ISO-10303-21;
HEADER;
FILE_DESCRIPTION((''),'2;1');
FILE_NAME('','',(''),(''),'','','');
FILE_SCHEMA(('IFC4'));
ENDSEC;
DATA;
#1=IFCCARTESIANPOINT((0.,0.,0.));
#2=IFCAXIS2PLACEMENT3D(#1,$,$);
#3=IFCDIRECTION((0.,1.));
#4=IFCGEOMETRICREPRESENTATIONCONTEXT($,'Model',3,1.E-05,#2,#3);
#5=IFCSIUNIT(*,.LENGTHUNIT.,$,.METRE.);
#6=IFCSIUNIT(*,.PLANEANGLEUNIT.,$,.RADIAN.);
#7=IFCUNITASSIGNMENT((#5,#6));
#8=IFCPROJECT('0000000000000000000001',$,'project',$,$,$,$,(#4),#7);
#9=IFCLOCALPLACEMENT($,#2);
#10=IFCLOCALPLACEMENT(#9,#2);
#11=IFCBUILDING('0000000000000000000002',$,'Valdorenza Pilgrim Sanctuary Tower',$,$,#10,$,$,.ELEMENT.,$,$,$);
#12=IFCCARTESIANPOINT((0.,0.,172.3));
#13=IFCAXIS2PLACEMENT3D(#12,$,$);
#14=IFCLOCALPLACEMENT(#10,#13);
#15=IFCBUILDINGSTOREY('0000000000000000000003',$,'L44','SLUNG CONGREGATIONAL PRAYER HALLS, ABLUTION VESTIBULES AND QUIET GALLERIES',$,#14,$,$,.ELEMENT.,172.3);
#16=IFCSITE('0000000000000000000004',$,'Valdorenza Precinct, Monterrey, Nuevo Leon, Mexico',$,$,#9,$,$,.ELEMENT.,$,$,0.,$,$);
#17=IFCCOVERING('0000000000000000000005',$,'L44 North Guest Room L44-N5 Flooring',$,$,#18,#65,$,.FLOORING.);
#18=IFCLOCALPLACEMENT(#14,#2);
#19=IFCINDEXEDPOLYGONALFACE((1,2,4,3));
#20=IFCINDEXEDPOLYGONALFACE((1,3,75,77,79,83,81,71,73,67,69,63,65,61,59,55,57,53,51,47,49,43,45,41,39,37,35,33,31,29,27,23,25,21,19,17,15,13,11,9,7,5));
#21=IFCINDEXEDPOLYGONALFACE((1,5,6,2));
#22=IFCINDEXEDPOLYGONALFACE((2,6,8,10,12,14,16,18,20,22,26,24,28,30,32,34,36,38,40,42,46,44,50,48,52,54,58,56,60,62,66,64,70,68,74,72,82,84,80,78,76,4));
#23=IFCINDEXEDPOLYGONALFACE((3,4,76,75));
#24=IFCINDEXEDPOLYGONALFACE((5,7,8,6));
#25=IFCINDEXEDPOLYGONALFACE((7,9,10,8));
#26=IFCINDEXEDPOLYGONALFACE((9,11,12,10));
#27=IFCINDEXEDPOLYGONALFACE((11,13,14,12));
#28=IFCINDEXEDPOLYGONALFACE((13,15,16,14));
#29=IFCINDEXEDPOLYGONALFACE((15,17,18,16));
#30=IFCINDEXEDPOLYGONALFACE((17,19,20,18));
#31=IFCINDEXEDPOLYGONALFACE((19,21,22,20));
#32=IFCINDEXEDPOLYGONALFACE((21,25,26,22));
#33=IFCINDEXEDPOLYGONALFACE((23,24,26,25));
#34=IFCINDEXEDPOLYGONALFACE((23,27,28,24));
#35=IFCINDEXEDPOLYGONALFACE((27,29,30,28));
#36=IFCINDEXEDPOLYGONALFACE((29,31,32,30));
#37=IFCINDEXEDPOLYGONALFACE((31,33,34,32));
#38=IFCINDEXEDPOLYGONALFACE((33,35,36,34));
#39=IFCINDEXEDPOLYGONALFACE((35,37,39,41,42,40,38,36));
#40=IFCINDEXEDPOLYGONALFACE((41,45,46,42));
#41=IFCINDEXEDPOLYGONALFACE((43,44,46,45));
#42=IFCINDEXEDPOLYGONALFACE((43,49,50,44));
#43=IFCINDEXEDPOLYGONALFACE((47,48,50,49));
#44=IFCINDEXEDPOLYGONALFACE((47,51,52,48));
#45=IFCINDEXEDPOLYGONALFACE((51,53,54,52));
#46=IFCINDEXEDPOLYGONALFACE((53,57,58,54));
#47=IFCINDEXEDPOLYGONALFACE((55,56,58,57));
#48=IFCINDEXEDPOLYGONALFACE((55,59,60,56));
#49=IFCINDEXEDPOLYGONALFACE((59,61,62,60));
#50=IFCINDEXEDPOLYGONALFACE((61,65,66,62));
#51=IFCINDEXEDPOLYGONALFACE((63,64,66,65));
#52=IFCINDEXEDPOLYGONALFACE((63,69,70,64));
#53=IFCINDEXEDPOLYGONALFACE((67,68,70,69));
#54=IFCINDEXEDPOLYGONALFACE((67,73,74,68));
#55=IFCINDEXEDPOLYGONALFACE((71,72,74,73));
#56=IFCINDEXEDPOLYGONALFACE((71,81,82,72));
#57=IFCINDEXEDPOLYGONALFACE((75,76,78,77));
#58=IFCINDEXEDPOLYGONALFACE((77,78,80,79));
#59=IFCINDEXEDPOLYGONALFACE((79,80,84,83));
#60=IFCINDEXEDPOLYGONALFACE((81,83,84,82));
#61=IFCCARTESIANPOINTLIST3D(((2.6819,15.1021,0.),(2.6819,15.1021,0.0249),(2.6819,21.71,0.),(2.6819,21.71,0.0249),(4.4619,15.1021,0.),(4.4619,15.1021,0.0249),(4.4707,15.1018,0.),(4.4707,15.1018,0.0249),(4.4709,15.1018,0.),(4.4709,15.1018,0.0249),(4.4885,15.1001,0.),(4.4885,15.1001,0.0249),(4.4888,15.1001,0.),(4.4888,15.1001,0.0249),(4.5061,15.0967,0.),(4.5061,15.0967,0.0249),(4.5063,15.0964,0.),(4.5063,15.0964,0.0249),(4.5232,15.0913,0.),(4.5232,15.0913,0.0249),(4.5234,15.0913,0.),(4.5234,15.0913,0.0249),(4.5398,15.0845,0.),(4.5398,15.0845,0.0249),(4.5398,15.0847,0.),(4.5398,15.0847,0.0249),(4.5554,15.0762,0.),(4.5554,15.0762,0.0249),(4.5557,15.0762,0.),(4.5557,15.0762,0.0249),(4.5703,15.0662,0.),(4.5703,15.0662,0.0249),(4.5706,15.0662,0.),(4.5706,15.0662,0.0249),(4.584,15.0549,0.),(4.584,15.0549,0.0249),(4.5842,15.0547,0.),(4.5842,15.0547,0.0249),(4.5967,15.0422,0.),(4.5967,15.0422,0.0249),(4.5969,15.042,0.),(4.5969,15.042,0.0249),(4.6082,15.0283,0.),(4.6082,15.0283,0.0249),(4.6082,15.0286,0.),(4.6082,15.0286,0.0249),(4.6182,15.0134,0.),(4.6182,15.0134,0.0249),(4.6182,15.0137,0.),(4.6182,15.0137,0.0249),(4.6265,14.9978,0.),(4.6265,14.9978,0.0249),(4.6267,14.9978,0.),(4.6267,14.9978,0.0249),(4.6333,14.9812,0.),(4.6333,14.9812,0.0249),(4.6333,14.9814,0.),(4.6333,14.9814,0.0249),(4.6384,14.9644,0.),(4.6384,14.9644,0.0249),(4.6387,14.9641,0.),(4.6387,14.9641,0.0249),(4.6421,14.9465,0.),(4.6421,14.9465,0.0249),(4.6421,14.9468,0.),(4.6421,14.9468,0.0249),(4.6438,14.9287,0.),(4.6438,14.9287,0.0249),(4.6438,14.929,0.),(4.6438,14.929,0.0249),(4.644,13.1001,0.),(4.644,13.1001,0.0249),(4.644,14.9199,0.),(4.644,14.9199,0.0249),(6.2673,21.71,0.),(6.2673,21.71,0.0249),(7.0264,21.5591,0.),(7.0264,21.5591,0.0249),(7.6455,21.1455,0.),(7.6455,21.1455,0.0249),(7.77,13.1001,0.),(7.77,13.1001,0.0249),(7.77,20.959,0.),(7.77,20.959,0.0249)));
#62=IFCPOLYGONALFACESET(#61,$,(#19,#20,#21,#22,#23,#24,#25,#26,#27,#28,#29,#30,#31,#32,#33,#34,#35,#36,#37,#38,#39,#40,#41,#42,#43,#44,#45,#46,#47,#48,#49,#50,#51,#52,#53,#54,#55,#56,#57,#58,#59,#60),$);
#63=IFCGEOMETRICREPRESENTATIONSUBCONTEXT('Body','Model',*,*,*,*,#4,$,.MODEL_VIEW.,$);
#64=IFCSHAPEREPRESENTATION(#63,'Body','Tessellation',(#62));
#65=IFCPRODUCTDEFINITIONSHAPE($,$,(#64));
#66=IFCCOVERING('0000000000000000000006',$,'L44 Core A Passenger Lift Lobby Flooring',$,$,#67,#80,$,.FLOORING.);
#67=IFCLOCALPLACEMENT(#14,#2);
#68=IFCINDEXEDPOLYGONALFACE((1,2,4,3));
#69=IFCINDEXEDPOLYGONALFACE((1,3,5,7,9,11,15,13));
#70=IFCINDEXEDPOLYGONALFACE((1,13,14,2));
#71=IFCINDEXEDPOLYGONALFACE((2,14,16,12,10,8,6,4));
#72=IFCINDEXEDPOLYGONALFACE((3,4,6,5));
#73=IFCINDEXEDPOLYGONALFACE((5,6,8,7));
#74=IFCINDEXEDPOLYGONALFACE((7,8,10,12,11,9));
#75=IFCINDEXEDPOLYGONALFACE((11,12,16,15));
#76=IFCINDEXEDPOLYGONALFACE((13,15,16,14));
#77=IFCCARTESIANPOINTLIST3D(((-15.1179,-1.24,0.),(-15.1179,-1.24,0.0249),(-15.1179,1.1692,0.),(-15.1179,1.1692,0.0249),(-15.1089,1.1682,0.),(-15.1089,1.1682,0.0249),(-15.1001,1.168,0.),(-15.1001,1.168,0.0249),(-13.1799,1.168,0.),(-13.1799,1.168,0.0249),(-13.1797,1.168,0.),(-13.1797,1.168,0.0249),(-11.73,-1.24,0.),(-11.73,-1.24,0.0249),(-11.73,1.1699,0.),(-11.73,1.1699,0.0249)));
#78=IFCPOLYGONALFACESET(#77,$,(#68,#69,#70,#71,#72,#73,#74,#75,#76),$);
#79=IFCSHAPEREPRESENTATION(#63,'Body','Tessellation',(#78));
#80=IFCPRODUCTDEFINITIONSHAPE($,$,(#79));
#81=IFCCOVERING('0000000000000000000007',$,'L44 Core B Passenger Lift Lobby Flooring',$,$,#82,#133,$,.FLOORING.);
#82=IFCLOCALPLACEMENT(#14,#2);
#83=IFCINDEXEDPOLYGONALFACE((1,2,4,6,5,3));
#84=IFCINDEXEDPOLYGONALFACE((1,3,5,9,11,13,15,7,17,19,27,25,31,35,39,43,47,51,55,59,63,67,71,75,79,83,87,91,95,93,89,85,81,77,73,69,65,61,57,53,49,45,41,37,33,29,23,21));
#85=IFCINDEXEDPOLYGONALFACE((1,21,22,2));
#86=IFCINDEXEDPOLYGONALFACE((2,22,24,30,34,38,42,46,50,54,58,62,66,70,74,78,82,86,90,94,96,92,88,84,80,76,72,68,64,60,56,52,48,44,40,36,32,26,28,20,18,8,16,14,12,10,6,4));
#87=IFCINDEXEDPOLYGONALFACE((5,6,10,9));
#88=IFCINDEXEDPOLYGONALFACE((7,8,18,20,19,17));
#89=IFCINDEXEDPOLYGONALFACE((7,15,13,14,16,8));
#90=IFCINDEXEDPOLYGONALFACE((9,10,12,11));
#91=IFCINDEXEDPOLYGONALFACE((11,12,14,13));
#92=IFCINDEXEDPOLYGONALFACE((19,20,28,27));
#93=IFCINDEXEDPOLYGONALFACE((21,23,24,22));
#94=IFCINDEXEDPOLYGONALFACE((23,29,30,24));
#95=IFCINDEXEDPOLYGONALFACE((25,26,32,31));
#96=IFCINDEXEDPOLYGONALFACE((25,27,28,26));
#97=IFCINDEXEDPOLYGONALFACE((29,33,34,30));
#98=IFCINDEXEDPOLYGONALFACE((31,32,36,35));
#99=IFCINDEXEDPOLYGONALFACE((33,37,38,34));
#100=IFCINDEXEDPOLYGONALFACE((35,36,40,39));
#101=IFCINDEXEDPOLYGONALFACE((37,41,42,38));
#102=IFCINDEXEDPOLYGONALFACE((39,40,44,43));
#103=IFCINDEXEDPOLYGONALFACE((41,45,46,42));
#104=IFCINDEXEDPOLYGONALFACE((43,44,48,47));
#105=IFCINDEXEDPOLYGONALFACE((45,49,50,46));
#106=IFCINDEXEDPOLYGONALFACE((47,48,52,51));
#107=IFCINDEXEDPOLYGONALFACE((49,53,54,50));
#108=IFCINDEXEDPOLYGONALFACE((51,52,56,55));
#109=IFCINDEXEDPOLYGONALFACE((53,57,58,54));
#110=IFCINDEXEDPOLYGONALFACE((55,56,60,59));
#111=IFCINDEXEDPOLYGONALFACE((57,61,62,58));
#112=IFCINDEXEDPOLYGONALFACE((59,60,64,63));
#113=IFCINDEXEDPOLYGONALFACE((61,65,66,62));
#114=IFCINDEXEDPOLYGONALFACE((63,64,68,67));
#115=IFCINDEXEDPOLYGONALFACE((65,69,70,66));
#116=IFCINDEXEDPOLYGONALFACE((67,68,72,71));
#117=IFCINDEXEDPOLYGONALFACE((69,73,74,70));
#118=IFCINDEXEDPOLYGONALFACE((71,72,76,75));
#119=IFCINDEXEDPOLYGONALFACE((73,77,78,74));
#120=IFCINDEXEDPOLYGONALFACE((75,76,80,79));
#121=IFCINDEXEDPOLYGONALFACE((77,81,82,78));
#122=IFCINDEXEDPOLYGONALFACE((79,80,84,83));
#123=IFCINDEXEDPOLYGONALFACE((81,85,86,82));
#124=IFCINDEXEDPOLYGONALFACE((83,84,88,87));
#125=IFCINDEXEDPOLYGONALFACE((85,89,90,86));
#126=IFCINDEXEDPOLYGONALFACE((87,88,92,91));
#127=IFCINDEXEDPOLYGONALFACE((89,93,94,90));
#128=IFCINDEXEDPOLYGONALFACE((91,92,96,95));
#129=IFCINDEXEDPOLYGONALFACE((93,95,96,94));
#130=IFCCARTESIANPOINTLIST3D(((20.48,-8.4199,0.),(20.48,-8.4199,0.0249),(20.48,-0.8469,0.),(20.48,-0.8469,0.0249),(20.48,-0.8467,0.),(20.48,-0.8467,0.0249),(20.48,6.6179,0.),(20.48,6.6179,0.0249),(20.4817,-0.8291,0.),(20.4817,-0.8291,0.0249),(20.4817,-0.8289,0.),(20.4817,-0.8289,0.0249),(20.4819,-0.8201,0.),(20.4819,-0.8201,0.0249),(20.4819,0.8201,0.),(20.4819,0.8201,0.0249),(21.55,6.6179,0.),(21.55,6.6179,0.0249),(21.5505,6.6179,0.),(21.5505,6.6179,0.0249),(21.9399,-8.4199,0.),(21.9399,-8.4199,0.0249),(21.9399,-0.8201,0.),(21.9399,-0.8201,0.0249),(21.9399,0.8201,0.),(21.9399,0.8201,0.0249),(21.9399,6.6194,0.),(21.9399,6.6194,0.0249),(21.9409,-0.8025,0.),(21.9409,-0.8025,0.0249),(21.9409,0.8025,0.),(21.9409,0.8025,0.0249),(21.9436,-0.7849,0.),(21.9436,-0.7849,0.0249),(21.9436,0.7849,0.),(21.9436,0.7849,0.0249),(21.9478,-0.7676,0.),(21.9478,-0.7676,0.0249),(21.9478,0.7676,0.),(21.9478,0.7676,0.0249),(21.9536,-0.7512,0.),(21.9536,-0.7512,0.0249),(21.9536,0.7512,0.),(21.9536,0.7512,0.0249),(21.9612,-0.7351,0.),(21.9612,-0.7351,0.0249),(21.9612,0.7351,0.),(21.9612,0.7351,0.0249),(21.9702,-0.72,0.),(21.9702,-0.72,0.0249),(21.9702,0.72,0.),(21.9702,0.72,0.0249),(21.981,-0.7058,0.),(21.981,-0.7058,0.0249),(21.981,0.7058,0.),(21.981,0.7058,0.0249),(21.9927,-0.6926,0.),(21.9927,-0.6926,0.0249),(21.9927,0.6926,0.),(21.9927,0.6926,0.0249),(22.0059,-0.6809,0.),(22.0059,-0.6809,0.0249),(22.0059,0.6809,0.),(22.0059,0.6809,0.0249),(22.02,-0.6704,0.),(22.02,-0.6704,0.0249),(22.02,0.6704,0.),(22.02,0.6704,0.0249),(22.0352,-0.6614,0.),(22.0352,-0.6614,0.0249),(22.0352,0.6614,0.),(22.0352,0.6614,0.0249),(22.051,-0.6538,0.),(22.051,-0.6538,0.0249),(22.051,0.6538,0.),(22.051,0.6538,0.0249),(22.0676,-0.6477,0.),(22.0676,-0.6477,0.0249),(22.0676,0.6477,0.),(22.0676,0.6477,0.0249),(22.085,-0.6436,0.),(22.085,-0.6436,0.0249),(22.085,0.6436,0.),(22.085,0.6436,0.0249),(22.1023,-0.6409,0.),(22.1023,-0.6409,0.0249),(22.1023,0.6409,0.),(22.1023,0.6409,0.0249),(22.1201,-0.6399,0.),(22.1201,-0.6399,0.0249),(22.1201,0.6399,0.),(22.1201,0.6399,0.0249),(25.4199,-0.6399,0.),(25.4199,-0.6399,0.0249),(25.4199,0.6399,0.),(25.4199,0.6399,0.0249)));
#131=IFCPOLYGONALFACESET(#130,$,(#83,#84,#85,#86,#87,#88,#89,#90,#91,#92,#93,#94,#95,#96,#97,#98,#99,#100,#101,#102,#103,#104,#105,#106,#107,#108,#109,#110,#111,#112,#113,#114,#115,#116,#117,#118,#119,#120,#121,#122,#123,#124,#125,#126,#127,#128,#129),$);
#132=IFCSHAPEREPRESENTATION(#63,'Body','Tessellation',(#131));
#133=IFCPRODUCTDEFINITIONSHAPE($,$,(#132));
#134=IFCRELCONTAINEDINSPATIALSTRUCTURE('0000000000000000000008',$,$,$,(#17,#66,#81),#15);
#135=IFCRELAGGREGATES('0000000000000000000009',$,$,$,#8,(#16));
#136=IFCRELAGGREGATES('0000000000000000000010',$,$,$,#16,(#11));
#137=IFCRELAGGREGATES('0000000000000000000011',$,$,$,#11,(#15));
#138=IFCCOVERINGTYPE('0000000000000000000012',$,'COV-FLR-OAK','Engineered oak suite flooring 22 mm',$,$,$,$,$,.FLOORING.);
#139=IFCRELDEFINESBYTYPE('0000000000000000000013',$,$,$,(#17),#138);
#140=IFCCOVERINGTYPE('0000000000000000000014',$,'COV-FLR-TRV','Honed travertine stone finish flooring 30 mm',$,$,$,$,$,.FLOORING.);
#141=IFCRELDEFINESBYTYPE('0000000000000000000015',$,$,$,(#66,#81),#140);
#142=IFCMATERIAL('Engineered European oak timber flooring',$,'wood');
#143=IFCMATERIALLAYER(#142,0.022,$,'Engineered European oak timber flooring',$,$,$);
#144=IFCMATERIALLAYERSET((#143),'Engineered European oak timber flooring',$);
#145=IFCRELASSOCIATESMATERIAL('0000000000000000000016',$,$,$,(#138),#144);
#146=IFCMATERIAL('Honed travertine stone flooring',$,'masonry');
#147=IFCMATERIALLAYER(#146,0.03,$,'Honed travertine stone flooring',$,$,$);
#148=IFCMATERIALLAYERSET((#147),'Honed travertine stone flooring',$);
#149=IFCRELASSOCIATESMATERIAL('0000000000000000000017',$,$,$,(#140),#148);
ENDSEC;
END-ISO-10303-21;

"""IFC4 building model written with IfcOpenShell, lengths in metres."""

from ifc_helpers import new_model, si_unit, direction, frame, origin, place, context, subcontext, project, spatial, polyline, outline, extrude, material, layer, layer_set, type_object, element, save


model = new_model("IFC4")

# Units and contexts
model_context = context("Model", 3, precision=1e-05, world=origin(), true_north=direction((0.0, 1.0)))
body_context = subcontext(model_context, "Body", "Model", "MODEL_VIEW")
ifc_project = project(units=[si_unit("LENGTHUNIT", "METRE"), si_unit("PLANEANGLEUNIT", "RADIAN")], contexts=[model_context])

# Site, building, storey
site_placement = place(None, origin())
site = spatial("IfcSite", under=ifc_project, at=site_placement, Name="Valdorenza Precinct, Monterrey, Nuevo Leon, Mexico", CompositionType="ELEMENT", RefElevation=0.0)
building_placement = place(site_placement, origin())
building = spatial("IfcBuilding", under=site, at=building_placement, Name="Valdorenza Pilgrim Sanctuary Tower", CompositionType="ELEMENT")
storey_placement = place(building_placement, frame((0.0, 0.0, 172.3)))
storey = spatial("IfcBuildingStorey", under=building, at=storey_placement, Name="L44", Description="SLUNG CONGREGATIONAL PRAYER HALLS, ABLUTION VESTIBULES AND QUIET GALLERIES", CompositionType="ELEMENT", Elevation=172.3)

# Coverings
ifc_material_1 = material(Name="Engineered European oak timber flooring", Category="wood")
ifc_layer_1 = layer(ifc_material_1, 0.022, Name="Engineered European oak timber flooring")
ifc_layer_set_1 = layer_set([ifc_layer_1], Name="Engineered European oak timber flooring")
covering_type_1 = type_object("IfcCoveringType", Name="COV-FLR-OAK", Description="Engineered oak suite flooring 22 mm", PredefinedType="FLOORING", material=ifc_layer_set_1)
covering_1_placement = place(storey_placement, origin())
element("IfcCovering", 1, at=covering_1_placement, inside=storey, type_object=covering_type_1, Name="L44 North Guest Room L44-N5 Flooring", PredefinedType="FLOORING", context=body_context, shape_type="SweptSolid", body=[
    extrude(outline(polyline([(7.0264, 21.5591), (7.6455, 21.1455), (7.77, 20.959), (7.77, 13.1001), (4.644, 13.1001), (4.644, 14.9199), (4.6438, 14.9287), (4.6438, 14.929), (4.6421, 14.9465), (4.6421, 14.9468), (4.6387, 14.9641), (4.6384, 14.9644), (4.6333, 14.9812), (4.6333, 14.9814), (4.6267, 14.9978), (4.6265, 14.9978), (4.6182, 15.0134), (4.6182, 15.0137), (4.6082, 15.0283), (4.6082, 15.0286), (4.5969, 15.042), (4.5967, 15.0422), (4.5842, 15.0547), (4.584, 15.0549), (4.5706, 15.0662), (4.5703, 15.0662), (4.5557, 15.0762), (4.5554, 15.0762), (4.5398, 15.0845), (4.5398, 15.0847), (4.5234, 15.0913), (4.5232, 15.0913), (4.5063, 15.0964), (4.5061, 15.0967), (4.4888, 15.1001), (4.4885, 15.1001), (4.4709, 15.1018), (4.4707, 15.1018), (4.4619, 15.1021), (2.6819, 15.1021), (2.6819, 21.71), (6.2673, 21.71), (7.0264, 21.5591)])), origin(), (0.0, 0.0, 1.0), 0.0249),
])
ifc_material_2 = material(Name="Honed travertine stone flooring", Category="masonry")
ifc_layer_2 = layer(ifc_material_2, 0.03, Name="Honed travertine stone flooring")
ifc_layer_set_2 = layer_set([ifc_layer_2], Name="Honed travertine stone flooring")
covering_type_2 = type_object("IfcCoveringType", Name="COV-FLR-TRV", Description="Honed travertine stone finish flooring 30 mm", PredefinedType="FLOORING", material=ifc_layer_set_2)
covering_2_placement = place(storey_placement, origin())
element("IfcCovering", 2, at=covering_2_placement, inside=storey, type_object=covering_type_2, Name="L44 Core A Passenger Lift Lobby Flooring", PredefinedType="FLOORING", context=body_context, shape_type="SweptSolid", body=[
    extrude(outline(polyline([(-15.1179, 1.1692), (-15.1089, 1.1682), (-15.1089, 1.1682), (-15.1001, 1.168), (-13.1799, 1.168), (-13.1797, 1.168), (-11.73, 1.1699), (-11.73, -1.24), (-15.1179, -1.24), (-15.1179, 1.1692)])), origin(), (0.0, 0.0, 1.0), 0.0249),
])
covering_3_placement = place(storey_placement, origin())
element("IfcCovering", 3, at=covering_3_placement, inside=storey, type_object=covering_type_2, Name="L44 Core B Passenger Lift Lobby Flooring", PredefinedType="FLOORING", context=body_context, shape_type="SweptSolid", body=[
    extrude(outline(polyline([(20.48, 6.6179), (21.55, 6.6179), (21.5505, 6.6179), (21.9399, 6.6194), (21.9399, 0.8201), (21.9409, 0.8025), (21.9436, 0.7849), (21.9478, 0.7676), (21.9536, 0.7512), (21.9612, 0.7351), (21.9702, 0.72), (21.981, 0.7058), (21.9927, 0.6926), (22.0059, 0.6809), (22.02, 0.6704), (22.0352, 0.6614), (22.051, 0.6538), (22.0676, 0.6477), (22.085, 0.6436), (22.1023, 0.6409), (22.1201, 0.6399), (25.4199, 0.6399), (25.4199, -0.6399), (22.1201, -0.6399), (22.1023, -0.6409), (22.085, -0.6436), (22.0676, -0.6477), (22.051, -0.6538), (22.0352, -0.6614), (22.02, -0.6704), (22.0059, -0.6809), (21.9927, -0.6926), (21.981, -0.7058), (21.9702, -0.72), (21.9612, -0.7351), (21.9536, -0.7512), (21.9478, -0.7676), (21.9436, -0.7849), (21.9409, -0.8025), (21.9399, -0.8201), (21.9399, -8.4199), (20.48, -8.4199), (20.48, -0.8469), (20.48, -0.8467), (20.48, -0.8467), (20.4817, -0.8291), (20.4817, -0.8289), (20.4819, -0.8201), (20.4819, 0.8201), (20.48, 6.6179)])), origin(), (0.0, 0.0, 1.0), 0.0249),
])

save(model, "model.ifc")
